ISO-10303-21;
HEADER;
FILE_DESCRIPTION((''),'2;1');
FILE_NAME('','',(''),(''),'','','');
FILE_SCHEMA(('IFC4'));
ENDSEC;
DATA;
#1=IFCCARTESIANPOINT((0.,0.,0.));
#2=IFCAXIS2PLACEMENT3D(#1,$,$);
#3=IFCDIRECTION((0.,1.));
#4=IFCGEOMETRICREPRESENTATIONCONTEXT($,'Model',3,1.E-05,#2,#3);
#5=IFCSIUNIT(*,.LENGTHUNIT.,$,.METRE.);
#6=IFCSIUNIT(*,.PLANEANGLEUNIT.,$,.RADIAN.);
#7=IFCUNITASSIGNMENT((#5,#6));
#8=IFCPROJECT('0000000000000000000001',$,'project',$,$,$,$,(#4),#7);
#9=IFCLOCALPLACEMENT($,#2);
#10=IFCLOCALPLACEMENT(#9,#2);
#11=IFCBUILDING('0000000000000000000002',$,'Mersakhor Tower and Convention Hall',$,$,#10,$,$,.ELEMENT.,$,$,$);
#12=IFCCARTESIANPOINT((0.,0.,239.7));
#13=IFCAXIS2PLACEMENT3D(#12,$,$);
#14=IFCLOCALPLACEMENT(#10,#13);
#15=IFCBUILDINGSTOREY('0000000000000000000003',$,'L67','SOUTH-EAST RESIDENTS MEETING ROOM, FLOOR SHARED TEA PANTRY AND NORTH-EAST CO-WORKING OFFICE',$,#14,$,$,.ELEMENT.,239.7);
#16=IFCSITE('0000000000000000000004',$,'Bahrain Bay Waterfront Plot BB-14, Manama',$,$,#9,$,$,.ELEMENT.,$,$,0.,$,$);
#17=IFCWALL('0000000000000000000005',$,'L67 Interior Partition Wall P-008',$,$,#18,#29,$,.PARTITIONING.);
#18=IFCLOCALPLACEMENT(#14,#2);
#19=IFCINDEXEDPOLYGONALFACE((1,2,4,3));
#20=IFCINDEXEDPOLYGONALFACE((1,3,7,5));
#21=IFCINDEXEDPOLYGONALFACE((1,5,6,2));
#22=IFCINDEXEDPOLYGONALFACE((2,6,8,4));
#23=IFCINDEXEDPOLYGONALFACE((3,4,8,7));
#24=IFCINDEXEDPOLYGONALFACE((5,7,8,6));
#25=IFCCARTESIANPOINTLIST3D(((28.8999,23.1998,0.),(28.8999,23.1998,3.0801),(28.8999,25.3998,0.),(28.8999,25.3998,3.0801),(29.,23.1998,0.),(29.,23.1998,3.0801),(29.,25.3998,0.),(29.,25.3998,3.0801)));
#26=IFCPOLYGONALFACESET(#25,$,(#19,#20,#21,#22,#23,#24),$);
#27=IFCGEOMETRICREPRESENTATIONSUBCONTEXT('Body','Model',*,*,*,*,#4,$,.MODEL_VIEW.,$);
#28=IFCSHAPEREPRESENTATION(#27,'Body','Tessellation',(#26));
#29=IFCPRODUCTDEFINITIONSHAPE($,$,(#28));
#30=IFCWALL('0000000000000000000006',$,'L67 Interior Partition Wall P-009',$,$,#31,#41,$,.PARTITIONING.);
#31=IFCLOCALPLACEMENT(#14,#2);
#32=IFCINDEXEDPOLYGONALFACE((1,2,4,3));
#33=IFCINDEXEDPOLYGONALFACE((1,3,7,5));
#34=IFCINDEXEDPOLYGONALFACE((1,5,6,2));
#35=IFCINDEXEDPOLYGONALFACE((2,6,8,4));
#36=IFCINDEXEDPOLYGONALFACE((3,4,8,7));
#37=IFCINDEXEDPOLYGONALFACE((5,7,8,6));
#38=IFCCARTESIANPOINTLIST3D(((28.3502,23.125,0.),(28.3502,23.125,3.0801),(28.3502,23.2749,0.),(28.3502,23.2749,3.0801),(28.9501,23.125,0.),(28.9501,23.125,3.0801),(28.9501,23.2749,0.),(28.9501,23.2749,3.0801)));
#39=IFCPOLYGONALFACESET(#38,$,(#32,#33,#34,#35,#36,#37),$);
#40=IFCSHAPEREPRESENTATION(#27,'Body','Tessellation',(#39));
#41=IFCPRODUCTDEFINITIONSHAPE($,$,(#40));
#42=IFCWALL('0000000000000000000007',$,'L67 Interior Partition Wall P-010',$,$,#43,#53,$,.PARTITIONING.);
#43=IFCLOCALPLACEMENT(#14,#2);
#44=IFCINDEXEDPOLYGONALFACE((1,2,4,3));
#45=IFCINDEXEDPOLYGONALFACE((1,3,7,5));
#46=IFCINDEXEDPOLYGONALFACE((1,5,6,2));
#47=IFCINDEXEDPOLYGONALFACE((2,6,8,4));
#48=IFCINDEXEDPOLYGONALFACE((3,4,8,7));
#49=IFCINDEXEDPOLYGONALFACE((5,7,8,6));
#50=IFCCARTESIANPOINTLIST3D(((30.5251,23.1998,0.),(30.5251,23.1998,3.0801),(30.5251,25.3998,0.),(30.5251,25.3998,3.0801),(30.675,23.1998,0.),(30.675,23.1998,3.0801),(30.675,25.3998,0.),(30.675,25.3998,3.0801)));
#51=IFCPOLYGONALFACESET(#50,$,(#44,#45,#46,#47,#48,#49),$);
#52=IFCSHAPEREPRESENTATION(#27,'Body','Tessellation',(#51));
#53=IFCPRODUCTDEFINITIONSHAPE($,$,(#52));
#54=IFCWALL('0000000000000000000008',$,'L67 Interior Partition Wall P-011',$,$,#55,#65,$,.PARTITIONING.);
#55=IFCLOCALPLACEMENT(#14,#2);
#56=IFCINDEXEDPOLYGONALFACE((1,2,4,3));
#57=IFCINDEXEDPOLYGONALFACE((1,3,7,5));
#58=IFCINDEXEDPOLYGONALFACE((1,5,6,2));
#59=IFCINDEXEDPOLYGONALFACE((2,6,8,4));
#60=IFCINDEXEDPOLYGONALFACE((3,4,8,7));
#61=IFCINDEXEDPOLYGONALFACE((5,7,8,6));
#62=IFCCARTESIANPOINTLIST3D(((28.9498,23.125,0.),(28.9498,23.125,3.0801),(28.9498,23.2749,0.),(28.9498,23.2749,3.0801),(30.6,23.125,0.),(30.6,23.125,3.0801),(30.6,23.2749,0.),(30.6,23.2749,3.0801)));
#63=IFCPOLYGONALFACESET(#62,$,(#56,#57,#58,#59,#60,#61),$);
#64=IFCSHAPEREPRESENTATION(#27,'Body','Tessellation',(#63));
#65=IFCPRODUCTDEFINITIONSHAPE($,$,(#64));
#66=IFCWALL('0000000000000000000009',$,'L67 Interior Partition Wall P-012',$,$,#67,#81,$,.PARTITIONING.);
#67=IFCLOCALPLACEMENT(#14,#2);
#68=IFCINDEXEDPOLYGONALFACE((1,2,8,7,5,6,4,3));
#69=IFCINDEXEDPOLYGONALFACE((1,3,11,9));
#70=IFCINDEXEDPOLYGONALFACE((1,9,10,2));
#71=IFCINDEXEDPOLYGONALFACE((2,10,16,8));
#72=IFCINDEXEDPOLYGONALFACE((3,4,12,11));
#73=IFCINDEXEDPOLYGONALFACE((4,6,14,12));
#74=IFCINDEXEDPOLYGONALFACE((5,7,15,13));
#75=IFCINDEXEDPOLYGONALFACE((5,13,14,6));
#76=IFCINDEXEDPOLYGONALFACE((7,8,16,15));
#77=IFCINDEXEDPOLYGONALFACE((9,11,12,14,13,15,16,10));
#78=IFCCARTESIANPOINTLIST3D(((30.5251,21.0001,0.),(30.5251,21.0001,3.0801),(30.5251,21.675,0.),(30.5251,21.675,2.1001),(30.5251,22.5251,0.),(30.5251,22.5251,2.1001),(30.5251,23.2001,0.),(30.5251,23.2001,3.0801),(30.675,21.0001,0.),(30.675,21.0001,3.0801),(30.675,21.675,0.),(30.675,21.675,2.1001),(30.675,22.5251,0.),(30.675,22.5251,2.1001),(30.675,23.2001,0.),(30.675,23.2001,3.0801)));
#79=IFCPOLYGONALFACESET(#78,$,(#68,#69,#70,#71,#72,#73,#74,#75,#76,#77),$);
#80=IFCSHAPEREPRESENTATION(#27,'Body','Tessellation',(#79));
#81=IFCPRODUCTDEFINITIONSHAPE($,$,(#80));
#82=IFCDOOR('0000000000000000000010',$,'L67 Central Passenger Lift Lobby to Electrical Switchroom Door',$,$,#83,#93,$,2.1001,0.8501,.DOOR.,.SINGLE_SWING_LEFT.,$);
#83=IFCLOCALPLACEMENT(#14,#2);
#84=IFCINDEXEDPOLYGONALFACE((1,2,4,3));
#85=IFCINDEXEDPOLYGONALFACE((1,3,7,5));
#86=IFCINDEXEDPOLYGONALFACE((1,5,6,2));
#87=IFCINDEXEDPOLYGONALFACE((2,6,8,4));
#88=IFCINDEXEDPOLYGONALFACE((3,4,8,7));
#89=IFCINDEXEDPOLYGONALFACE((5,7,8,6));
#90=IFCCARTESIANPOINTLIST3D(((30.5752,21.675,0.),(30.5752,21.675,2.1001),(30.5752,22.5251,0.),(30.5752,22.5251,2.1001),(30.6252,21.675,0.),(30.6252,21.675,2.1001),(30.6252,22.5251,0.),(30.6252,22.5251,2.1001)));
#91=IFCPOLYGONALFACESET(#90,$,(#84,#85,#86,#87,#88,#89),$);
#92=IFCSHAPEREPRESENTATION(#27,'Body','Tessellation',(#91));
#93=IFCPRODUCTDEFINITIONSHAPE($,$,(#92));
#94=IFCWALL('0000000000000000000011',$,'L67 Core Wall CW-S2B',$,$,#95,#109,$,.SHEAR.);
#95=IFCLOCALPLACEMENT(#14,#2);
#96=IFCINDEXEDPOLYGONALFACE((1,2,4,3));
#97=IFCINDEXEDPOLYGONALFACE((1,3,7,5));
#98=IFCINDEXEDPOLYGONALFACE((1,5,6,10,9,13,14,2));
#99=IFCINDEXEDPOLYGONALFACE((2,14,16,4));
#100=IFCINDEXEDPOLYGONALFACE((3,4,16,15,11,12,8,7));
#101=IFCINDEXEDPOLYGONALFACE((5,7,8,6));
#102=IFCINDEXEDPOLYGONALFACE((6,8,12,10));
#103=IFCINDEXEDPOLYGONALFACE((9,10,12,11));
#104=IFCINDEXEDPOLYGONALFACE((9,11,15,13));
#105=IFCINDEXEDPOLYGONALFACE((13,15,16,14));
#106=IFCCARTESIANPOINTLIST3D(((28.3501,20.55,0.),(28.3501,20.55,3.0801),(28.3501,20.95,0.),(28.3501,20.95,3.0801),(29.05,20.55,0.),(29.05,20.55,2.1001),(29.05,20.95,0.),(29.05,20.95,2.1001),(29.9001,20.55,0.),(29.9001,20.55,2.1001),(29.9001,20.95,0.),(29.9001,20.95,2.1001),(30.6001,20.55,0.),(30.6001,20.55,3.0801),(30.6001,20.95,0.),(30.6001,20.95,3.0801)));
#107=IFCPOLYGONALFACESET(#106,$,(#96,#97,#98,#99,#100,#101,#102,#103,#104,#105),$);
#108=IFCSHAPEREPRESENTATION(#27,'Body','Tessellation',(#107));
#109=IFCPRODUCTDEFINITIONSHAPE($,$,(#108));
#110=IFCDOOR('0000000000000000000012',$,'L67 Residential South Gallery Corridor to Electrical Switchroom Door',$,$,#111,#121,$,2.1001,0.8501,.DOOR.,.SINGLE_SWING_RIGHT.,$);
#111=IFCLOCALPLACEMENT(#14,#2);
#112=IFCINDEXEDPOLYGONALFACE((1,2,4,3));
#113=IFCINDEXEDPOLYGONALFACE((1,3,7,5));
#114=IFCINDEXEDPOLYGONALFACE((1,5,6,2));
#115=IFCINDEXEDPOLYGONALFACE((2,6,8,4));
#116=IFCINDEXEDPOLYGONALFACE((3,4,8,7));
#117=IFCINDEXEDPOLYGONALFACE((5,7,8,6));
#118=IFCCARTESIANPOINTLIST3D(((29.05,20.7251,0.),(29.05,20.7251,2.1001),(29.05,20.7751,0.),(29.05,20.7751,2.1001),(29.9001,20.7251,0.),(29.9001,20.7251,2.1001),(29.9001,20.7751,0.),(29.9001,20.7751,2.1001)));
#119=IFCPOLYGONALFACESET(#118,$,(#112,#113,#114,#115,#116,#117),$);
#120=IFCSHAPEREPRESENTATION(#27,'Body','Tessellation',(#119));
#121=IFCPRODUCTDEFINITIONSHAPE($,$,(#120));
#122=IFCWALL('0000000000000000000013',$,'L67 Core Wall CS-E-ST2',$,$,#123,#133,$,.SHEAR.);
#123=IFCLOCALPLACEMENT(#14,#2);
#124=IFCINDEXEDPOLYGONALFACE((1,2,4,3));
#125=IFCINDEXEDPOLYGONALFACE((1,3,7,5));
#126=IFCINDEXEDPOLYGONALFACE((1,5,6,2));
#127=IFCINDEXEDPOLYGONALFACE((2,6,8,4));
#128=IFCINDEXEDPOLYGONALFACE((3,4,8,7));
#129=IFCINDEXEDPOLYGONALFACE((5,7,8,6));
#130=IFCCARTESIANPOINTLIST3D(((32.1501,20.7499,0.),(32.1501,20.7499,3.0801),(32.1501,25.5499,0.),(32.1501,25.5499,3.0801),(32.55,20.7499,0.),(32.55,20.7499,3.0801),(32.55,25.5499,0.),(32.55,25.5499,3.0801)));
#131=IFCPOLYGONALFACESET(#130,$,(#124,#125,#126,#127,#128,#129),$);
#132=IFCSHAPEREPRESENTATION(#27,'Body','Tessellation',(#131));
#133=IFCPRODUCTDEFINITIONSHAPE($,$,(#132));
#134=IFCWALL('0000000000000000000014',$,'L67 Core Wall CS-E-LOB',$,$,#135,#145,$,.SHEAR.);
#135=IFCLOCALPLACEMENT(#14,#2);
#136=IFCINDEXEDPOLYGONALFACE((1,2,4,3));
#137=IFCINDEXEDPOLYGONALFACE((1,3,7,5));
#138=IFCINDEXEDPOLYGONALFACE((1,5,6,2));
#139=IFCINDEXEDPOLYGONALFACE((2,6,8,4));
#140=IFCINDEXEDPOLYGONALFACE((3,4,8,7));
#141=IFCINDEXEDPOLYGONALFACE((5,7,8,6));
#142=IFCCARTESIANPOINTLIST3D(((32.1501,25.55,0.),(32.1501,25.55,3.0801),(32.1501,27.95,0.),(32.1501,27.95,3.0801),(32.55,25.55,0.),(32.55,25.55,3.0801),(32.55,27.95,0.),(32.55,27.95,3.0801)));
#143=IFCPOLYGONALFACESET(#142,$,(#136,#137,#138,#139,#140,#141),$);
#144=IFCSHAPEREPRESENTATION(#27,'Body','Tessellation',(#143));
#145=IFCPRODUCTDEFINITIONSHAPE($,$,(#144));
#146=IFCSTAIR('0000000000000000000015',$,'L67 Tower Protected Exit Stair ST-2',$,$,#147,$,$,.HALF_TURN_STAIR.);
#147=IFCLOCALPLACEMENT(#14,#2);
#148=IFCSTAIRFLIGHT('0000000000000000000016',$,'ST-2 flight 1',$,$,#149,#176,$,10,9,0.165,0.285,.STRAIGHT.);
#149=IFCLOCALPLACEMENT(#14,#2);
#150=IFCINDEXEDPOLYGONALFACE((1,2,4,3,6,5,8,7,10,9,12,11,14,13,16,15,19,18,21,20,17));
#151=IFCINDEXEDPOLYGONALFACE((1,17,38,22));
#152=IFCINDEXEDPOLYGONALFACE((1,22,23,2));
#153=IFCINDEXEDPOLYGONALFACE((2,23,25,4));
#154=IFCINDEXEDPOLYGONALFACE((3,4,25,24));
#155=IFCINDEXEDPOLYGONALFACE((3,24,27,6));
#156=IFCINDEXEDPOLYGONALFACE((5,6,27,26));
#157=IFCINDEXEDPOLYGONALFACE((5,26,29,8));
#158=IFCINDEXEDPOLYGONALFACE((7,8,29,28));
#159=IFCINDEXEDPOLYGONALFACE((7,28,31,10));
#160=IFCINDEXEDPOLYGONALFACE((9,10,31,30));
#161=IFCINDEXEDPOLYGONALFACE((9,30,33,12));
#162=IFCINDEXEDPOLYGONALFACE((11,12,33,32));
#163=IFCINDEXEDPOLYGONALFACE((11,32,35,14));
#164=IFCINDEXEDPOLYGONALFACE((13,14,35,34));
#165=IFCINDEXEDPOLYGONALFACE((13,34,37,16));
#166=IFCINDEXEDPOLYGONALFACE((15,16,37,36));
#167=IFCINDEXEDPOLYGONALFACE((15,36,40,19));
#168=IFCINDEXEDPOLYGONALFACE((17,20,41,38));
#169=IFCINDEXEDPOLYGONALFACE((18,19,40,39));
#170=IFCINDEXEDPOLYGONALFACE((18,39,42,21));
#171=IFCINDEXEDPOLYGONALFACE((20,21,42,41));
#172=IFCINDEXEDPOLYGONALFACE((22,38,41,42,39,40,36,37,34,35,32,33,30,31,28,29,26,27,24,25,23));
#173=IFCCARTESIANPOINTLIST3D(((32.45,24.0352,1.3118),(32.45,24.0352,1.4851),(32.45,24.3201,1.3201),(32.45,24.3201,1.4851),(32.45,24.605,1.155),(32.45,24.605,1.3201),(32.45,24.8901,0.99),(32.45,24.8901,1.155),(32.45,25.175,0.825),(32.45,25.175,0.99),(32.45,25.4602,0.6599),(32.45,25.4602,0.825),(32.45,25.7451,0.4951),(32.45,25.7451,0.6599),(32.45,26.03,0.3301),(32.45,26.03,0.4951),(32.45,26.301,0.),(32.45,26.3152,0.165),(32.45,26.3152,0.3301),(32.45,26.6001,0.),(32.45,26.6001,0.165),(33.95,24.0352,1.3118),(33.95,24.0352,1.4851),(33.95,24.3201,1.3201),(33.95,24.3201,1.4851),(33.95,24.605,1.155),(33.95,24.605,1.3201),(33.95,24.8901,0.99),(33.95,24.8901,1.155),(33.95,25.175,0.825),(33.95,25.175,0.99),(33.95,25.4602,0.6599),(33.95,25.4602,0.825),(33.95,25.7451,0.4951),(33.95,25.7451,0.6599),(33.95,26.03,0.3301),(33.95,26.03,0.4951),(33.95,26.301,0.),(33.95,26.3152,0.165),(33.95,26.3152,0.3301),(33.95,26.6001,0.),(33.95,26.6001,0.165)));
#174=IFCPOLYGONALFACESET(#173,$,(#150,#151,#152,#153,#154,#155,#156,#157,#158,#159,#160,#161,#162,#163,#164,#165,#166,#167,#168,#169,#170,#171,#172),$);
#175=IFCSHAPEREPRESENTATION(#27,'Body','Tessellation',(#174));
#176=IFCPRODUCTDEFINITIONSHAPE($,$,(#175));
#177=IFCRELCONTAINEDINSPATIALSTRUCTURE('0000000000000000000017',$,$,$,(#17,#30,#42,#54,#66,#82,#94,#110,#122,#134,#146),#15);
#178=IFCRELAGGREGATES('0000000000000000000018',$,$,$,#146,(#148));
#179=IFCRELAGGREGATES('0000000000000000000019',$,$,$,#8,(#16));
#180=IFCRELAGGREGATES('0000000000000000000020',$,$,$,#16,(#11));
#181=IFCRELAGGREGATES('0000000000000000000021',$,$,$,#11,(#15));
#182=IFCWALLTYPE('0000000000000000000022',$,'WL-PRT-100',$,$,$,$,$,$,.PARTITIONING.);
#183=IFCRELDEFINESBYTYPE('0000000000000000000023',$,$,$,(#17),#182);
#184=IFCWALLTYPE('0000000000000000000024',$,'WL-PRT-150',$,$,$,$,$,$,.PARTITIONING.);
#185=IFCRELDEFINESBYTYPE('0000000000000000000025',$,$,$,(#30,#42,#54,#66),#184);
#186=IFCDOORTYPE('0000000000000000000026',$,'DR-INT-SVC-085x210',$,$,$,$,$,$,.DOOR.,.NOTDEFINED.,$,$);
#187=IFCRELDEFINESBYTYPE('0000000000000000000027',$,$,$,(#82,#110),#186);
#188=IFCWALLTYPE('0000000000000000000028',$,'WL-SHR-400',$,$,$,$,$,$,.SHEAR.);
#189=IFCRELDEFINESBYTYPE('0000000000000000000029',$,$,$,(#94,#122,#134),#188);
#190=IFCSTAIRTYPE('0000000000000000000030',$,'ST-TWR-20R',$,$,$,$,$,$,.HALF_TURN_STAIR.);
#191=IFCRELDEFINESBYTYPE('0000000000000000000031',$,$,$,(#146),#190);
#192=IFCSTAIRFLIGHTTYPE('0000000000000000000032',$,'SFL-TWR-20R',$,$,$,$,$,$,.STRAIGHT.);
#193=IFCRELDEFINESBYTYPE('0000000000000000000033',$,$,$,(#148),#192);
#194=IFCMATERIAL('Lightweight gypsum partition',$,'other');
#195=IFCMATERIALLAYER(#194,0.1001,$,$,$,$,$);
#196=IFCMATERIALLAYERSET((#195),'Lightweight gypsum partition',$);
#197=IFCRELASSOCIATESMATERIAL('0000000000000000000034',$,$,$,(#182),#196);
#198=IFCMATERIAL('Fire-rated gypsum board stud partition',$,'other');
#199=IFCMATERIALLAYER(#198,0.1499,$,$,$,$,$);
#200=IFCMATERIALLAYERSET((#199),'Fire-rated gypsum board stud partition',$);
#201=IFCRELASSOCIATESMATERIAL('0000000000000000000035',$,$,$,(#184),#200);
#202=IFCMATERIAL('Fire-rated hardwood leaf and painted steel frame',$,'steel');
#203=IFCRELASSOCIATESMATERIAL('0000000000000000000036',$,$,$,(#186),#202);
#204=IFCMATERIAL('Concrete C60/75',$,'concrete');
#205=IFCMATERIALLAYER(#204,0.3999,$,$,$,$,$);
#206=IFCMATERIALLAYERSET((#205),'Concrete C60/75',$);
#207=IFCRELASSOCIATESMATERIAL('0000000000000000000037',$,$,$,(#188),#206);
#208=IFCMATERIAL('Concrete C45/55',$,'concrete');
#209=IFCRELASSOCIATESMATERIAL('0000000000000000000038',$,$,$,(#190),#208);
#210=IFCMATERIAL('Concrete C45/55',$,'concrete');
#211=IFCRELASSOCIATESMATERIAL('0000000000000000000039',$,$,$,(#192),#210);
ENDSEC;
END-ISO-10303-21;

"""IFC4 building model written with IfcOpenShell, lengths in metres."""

from ifc_helpers import new_model, si_unit, direction, frame, frame_2d, origin, place, context, subcontext, project, spatial, polyline, rectangle, outline, extrude, material, layer, layer_set, type_object, element, fill, aggregate, save


model = new_model("IFC4")

# Units and contexts
model_context = context("Model", 3, precision=1e-05, world=origin(), true_north=direction((0.0, 1.0)))
body_context = subcontext(model_context, "Body", "Model", "MODEL_VIEW")
ifc_project = project(units=[si_unit("LENGTHUNIT", "METRE"), si_unit("PLANEANGLEUNIT", "RADIAN")], contexts=[model_context])

# Site, building, storey
site_placement = place(None, origin())
site = spatial("IfcSite", under=ifc_project, at=site_placement, Name="Bahrain Bay Waterfront Plot BB-14, Manama", CompositionType="ELEMENT", RefElevation=0.0)
building_placement = place(site_placement, origin())
building = spatial("IfcBuilding", under=site, at=building_placement, Name="Mersakhor Tower and Convention Hall", CompositionType="ELEMENT")
storey_placement = place(building_placement, frame((0.0, 0.0, 239.7)))
storey = spatial("IfcBuildingStorey", under=building, at=storey_placement, Name="L67", Description="SOUTH-EAST RESIDENTS MEETING ROOM, FLOOR SHARED TEA PANTRY AND NORTH-EAST CO-WORKING OFFICE", CompositionType="ELEMENT", Elevation=239.7)

# Walls
ifc_material_1 = material(Name="Lightweight gypsum partition", Category="other")
ifc_layer_1 = layer(ifc_material_1, 0.1001)
ifc_layer_set_1 = layer_set([ifc_layer_1], Name="Lightweight gypsum partition")
wall_type_1 = type_object("IfcWallType", Name="WL-PRT-100", PredefinedType="PARTITIONING", material=ifc_layer_set_1)
wall_1_placement = place(storey_placement, frame((28.95, 25.3999, 0.0), z_axis=(0.0, 0.0, 1.0), x_axis=(0.0, -1.0, 0.0)))
element("IfcWall", 1, at=wall_1_placement, inside=storey, type_object=wall_type_1, Name="L67 Interior Partition Wall P-008", PredefinedType="PARTITIONING", context=body_context, shape_type="SweptSolid", body=[
    extrude(rectangle(XDim=2.2, YDim=0.1001, at=frame_2d((1.1001, 0.0))), origin(), (0.0, 0.0, 1.0), 3.0801),
])
ifc_material_2 = material(Name="Fire-rated gypsum board stud partition", Category="other")
ifc_layer_2 = layer(ifc_material_2, 0.1499)
ifc_layer_set_2 = layer_set([ifc_layer_2], Name="Fire-rated gypsum board stud partition")
wall_type_2 = type_object("IfcWallType", Name="WL-PRT-150", PredefinedType="PARTITIONING", material=ifc_layer_set_2)
wall_2_placement = place(storey_placement, frame((28.95, 23.2, 0.0), z_axis=(0.0, 0.0, 1.0), x_axis=(-1.0, 0.0, 0.0)))
element("IfcWall", 2, at=wall_2_placement, inside=storey, type_object=wall_type_2, Name="L67 Interior Partition Wall P-009", PredefinedType="PARTITIONING", context=body_context, shape_type="SweptSolid", body=[
    extrude(rectangle(XDim=0.5999, YDim=0.1499, at=frame_2d((0.2998, 0.0))), origin(), (0.0, 0.0, 1.0), 3.0801),
])
wall_3_placement = place(storey_placement, frame((30.6001, 25.3999, 0.0), z_axis=(0.0, 0.0, 1.0), x_axis=(0.0, -1.0, 0.0)))
element("IfcWall", 3, at=wall_3_placement, inside=storey, type_object=wall_type_2, Name="L67 Interior Partition Wall P-010", PredefinedType="PARTITIONING", context=body_context, shape_type="SweptSolid", body=[
    extrude(rectangle(XDim=2.2, YDim=0.1499, at=frame_2d((1.1001, 0.0))), origin(), (0.0, 0.0, 1.0), 3.0801),
])
wall_4_placement = place(storey_placement, frame((30.6001, 23.2, 0.0), z_axis=(0.0, 0.0, 1.0), x_axis=(-1.0, 0.0, 0.0)))
element("IfcWall", 4, at=wall_4_placement, inside=storey, type_object=wall_type_2, Name="L67 Interior Partition Wall P-011", PredefinedType="PARTITIONING", context=body_context, shape_type="SweptSolid", body=[
    extrude(rectangle(XDim=1.6501, YDim=0.1499, at=frame_2d((0.8252, 0.0))), origin(), (0.0, 0.0, 1.0), 3.0801),
])

# Walls, openings, doors
wall_5_placement = place(storey_placement, frame((30.6001, 21.0, 0.0), z_axis=(0.0, 0.0, 1.0), x_axis=(0.0, 1.0, 0.0)))
wall_5 = element("IfcWall", 5, at=wall_5_placement, inside=storey, type_object=wall_type_2, Name="L67 Interior Partition Wall P-012", PredefinedType="PARTITIONING", context=body_context, shape_type="SweptSolid", body=[
    extrude(rectangle(XDim=2.2, YDim=0.1499, at=frame_2d((1.1001, 0.0))), origin(), (0.0, 0.0, 1.0), 3.0801),
])
opening_1_placement = place(wall_5_placement, frame((0.675, 0.0, 0.0)))
opening_1 = element("IfcOpeningElement", 6, at=opening_1_placement, cuts=wall_5, PredefinedType="OPENING", context=body_context, shape_type="SweptSolid", body=[
    extrude(rectangle(XDim=0.8501, YDim=2.1001, at=frame_2d((0.425, 1.05))), frame((0.0, 0.085, 0.0), z_axis=(0.0, -1.0, 0.0), x_axis=(1.0, 0.0, 0.0)), (0.0, 0.0, 1.0), 0.1699),
])
ifc_material_3 = material(Name="Fire-rated hardwood leaf and painted steel frame", Category="steel")
door_type_1 = type_object("IfcDoorType", Name="DR-INT-SVC-085x210", OperationType="NOTDEFINED", PredefinedType="DOOR", material=ifc_material_3)
door_1_placement = place(opening_1_placement, origin())
door_1 = element("IfcDoor", 7, at=door_1_placement, inside=storey, type_object=door_type_1, Name="L67 Central Passenger Lift Lobby to Electrical Switchroom Door", OperationType="SINGLE_SWING_LEFT", OverallHeight=2.1001, OverallWidth=0.8501, PredefinedType="DOOR", context=body_context, shape_type="SweptSolid", body=[
    extrude(rectangle(XDim=0.8501, YDim=2.1001, at=frame_2d((0.425, 1.05))), frame((0.0, 0.0249, 0.0), z_axis=(0.0, -1.0, 0.0), x_axis=(1.0, 0.0, 0.0)), (0.0, 0.0, 1.0), 0.05),
])
fill(opening_1, door_1)
ifc_material_4 = material(Name="Concrete C60/75", Category="concrete")
ifc_layer_3 = layer(ifc_material_4, 0.3999)
ifc_layer_set_3 = layer_set([ifc_layer_3], Name="Concrete C60/75")
wall_type_3 = type_object("IfcWallType", Name="WL-SHR-400", PredefinedType="SHEAR", material=ifc_layer_set_3)
wall_6_placement = place(storey_placement, frame((30.6001, 20.75, 0.0), z_axis=(0.0, 0.0, 1.0), x_axis=(-1.0, 0.0, 0.0)))
wall_6 = element("IfcWall", 8, at=wall_6_placement, inside=storey, type_object=wall_type_3, Name="L67 Core Wall CW-S2B", PredefinedType="SHEAR", context=body_context, shape_type="SweptSolid", body=[
    extrude(rectangle(XDim=2.25, YDim=0.3999, at=frame_2d((1.125, 0.0))), origin(), (0.0, 0.0, 1.0), 3.0801),
])
opening_2_placement = place(wall_6_placement, frame((0.7, 0.0, 0.0)))
opening_2 = element("IfcOpeningElement", 9, at=opening_2_placement, cuts=wall_6, PredefinedType="OPENING", context=body_context, shape_type="SweptSolid", body=[
    extrude(rectangle(XDim=0.8501, YDim=2.1001, at=frame_2d((0.425, 1.05))), frame((0.0, 0.21, 0.0), z_axis=(0.0, -1.0, 0.0), x_axis=(1.0, 0.0, 0.0)), (0.0, 0.0, 1.0), 0.4199),
])
door_2_placement = place(opening_2_placement, origin())
door_2 = element("IfcDoor", 10, at=door_2_placement, inside=storey, type_object=door_type_1, Name="L67 Residential South Gallery Corridor to Electrical Switchroom Door", OperationType="SINGLE_SWING_RIGHT", OverallHeight=2.1001, OverallWidth=0.8501, PredefinedType="DOOR", context=body_context, shape_type="SweptSolid", body=[
    extrude(rectangle(XDim=0.8501, YDim=2.1001, at=frame_2d((0.425, 1.05))), frame((0.0, 0.0249, 0.0), z_axis=(0.0, -1.0, 0.0), x_axis=(1.0, 0.0, 0.0)), (0.0, 0.0, 1.0), 0.05),
])
fill(opening_2, door_2)

# Walls
wall_7_placement = place(storey_placement, frame((32.3501, 20.75, 0.0), z_axis=(0.0, 0.0, 1.0), x_axis=(0.0, 1.0, 0.0)))
element("IfcWall", 11, at=wall_7_placement, inside=storey, type_object=wall_type_3, Name="L67 Core Wall CS-E-ST2", PredefinedType="SHEAR", context=body_context, shape_type="SweptSolid", body=[
    extrude(rectangle(XDim=4.8, YDim=0.3999, at=frame_2d((2.3999, 0.0))), origin(), (0.0, 0.0, 1.0), 3.0801),
])
wall_8_placement = place(storey_placement, frame((32.3501, 25.55, 0.0), z_axis=(0.0, 0.0, 1.0), x_axis=(0.0, 1.0, 0.0)))
element("IfcWall", 12, at=wall_8_placement, inside=storey, type_object=wall_type_3, Name="L67 Core Wall CS-E-LOB", PredefinedType="SHEAR", context=body_context, shape_type="SweptSolid", body=[
    extrude(rectangle(XDim=2.3999, YDim=0.3999, at=frame_2d((1.2, 0.0))), origin(), (0.0, 0.0, 1.0), 3.0801),
])

# Stair, stair flight
ifc_material_5 = material(Name="Concrete C45/55", Category="concrete")
stair_type = type_object("IfcStairType", Name="ST-TWR-20R", PredefinedType="HALF_TURN_STAIR", material=ifc_material_5)
stair_placement = place(storey_placement, origin())
stair = element("IfcStair", 13, at=stair_placement, inside=storey, type_object=stair_type, Name="L67 Tower Protected Exit Stair ST-2", PredefinedType="HALF_TURN_STAIR")
ifc_material_6 = material(Name="Concrete C45/55", Category="concrete")
stair_flight_type = type_object("IfcStairFlightType", Name="SFL-TWR-20R", PredefinedType="STRAIGHT", material=ifc_material_6)
stair_flight_1_placement = place(storey_placement, frame((33.2, 26.6001, 0.0), z_axis=(0.0, 0.0, 1.0), x_axis=(0.0, -1.0, 0.0)))
stair_flight_1 = element("IfcStairFlight", 14, at=stair_flight_1_placement, type_object=stair_flight_type, Name="ST-2 flight 1", NumberOfRisers=10, NumberOfTreads=9, PredefinedType="STRAIGHT", RiserHeight=0.165, TreadLength=0.285, context=body_context, shape_type="SweptSolid", body=[
    extrude(outline(polyline([(0.0, 0.0), (0.0, 0.165), (0.2849, 0.165), (0.2849, 0.3301), (0.5701, 0.3301), (0.5701, 0.4951), (0.855, 0.4951), (0.855, 0.6599), (1.1399, 0.6599), (1.1399, 0.825), (1.425, 0.825), (1.425, 0.99), (1.71, 0.99), (1.71, 1.155), (1.9951, 1.155), (1.9951, 1.3201), (2.28, 1.3201), (2.28, 1.4851), (2.5649, 1.4851), (2.5649, 1.6499), (2.5649, 1.3118), (0.2991, 0.0), (0.0, 0.0)])), frame((0.0, 0.75, 0.0), z_axis=(0.0, -1.0, 0.0), x_axis=(1.0, 0.0, 0.0)), (0.0, 0.0, 1.0), 1.5),
])
aggregate(stair, [stair_flight_1])

save(model, "model.ifc")
